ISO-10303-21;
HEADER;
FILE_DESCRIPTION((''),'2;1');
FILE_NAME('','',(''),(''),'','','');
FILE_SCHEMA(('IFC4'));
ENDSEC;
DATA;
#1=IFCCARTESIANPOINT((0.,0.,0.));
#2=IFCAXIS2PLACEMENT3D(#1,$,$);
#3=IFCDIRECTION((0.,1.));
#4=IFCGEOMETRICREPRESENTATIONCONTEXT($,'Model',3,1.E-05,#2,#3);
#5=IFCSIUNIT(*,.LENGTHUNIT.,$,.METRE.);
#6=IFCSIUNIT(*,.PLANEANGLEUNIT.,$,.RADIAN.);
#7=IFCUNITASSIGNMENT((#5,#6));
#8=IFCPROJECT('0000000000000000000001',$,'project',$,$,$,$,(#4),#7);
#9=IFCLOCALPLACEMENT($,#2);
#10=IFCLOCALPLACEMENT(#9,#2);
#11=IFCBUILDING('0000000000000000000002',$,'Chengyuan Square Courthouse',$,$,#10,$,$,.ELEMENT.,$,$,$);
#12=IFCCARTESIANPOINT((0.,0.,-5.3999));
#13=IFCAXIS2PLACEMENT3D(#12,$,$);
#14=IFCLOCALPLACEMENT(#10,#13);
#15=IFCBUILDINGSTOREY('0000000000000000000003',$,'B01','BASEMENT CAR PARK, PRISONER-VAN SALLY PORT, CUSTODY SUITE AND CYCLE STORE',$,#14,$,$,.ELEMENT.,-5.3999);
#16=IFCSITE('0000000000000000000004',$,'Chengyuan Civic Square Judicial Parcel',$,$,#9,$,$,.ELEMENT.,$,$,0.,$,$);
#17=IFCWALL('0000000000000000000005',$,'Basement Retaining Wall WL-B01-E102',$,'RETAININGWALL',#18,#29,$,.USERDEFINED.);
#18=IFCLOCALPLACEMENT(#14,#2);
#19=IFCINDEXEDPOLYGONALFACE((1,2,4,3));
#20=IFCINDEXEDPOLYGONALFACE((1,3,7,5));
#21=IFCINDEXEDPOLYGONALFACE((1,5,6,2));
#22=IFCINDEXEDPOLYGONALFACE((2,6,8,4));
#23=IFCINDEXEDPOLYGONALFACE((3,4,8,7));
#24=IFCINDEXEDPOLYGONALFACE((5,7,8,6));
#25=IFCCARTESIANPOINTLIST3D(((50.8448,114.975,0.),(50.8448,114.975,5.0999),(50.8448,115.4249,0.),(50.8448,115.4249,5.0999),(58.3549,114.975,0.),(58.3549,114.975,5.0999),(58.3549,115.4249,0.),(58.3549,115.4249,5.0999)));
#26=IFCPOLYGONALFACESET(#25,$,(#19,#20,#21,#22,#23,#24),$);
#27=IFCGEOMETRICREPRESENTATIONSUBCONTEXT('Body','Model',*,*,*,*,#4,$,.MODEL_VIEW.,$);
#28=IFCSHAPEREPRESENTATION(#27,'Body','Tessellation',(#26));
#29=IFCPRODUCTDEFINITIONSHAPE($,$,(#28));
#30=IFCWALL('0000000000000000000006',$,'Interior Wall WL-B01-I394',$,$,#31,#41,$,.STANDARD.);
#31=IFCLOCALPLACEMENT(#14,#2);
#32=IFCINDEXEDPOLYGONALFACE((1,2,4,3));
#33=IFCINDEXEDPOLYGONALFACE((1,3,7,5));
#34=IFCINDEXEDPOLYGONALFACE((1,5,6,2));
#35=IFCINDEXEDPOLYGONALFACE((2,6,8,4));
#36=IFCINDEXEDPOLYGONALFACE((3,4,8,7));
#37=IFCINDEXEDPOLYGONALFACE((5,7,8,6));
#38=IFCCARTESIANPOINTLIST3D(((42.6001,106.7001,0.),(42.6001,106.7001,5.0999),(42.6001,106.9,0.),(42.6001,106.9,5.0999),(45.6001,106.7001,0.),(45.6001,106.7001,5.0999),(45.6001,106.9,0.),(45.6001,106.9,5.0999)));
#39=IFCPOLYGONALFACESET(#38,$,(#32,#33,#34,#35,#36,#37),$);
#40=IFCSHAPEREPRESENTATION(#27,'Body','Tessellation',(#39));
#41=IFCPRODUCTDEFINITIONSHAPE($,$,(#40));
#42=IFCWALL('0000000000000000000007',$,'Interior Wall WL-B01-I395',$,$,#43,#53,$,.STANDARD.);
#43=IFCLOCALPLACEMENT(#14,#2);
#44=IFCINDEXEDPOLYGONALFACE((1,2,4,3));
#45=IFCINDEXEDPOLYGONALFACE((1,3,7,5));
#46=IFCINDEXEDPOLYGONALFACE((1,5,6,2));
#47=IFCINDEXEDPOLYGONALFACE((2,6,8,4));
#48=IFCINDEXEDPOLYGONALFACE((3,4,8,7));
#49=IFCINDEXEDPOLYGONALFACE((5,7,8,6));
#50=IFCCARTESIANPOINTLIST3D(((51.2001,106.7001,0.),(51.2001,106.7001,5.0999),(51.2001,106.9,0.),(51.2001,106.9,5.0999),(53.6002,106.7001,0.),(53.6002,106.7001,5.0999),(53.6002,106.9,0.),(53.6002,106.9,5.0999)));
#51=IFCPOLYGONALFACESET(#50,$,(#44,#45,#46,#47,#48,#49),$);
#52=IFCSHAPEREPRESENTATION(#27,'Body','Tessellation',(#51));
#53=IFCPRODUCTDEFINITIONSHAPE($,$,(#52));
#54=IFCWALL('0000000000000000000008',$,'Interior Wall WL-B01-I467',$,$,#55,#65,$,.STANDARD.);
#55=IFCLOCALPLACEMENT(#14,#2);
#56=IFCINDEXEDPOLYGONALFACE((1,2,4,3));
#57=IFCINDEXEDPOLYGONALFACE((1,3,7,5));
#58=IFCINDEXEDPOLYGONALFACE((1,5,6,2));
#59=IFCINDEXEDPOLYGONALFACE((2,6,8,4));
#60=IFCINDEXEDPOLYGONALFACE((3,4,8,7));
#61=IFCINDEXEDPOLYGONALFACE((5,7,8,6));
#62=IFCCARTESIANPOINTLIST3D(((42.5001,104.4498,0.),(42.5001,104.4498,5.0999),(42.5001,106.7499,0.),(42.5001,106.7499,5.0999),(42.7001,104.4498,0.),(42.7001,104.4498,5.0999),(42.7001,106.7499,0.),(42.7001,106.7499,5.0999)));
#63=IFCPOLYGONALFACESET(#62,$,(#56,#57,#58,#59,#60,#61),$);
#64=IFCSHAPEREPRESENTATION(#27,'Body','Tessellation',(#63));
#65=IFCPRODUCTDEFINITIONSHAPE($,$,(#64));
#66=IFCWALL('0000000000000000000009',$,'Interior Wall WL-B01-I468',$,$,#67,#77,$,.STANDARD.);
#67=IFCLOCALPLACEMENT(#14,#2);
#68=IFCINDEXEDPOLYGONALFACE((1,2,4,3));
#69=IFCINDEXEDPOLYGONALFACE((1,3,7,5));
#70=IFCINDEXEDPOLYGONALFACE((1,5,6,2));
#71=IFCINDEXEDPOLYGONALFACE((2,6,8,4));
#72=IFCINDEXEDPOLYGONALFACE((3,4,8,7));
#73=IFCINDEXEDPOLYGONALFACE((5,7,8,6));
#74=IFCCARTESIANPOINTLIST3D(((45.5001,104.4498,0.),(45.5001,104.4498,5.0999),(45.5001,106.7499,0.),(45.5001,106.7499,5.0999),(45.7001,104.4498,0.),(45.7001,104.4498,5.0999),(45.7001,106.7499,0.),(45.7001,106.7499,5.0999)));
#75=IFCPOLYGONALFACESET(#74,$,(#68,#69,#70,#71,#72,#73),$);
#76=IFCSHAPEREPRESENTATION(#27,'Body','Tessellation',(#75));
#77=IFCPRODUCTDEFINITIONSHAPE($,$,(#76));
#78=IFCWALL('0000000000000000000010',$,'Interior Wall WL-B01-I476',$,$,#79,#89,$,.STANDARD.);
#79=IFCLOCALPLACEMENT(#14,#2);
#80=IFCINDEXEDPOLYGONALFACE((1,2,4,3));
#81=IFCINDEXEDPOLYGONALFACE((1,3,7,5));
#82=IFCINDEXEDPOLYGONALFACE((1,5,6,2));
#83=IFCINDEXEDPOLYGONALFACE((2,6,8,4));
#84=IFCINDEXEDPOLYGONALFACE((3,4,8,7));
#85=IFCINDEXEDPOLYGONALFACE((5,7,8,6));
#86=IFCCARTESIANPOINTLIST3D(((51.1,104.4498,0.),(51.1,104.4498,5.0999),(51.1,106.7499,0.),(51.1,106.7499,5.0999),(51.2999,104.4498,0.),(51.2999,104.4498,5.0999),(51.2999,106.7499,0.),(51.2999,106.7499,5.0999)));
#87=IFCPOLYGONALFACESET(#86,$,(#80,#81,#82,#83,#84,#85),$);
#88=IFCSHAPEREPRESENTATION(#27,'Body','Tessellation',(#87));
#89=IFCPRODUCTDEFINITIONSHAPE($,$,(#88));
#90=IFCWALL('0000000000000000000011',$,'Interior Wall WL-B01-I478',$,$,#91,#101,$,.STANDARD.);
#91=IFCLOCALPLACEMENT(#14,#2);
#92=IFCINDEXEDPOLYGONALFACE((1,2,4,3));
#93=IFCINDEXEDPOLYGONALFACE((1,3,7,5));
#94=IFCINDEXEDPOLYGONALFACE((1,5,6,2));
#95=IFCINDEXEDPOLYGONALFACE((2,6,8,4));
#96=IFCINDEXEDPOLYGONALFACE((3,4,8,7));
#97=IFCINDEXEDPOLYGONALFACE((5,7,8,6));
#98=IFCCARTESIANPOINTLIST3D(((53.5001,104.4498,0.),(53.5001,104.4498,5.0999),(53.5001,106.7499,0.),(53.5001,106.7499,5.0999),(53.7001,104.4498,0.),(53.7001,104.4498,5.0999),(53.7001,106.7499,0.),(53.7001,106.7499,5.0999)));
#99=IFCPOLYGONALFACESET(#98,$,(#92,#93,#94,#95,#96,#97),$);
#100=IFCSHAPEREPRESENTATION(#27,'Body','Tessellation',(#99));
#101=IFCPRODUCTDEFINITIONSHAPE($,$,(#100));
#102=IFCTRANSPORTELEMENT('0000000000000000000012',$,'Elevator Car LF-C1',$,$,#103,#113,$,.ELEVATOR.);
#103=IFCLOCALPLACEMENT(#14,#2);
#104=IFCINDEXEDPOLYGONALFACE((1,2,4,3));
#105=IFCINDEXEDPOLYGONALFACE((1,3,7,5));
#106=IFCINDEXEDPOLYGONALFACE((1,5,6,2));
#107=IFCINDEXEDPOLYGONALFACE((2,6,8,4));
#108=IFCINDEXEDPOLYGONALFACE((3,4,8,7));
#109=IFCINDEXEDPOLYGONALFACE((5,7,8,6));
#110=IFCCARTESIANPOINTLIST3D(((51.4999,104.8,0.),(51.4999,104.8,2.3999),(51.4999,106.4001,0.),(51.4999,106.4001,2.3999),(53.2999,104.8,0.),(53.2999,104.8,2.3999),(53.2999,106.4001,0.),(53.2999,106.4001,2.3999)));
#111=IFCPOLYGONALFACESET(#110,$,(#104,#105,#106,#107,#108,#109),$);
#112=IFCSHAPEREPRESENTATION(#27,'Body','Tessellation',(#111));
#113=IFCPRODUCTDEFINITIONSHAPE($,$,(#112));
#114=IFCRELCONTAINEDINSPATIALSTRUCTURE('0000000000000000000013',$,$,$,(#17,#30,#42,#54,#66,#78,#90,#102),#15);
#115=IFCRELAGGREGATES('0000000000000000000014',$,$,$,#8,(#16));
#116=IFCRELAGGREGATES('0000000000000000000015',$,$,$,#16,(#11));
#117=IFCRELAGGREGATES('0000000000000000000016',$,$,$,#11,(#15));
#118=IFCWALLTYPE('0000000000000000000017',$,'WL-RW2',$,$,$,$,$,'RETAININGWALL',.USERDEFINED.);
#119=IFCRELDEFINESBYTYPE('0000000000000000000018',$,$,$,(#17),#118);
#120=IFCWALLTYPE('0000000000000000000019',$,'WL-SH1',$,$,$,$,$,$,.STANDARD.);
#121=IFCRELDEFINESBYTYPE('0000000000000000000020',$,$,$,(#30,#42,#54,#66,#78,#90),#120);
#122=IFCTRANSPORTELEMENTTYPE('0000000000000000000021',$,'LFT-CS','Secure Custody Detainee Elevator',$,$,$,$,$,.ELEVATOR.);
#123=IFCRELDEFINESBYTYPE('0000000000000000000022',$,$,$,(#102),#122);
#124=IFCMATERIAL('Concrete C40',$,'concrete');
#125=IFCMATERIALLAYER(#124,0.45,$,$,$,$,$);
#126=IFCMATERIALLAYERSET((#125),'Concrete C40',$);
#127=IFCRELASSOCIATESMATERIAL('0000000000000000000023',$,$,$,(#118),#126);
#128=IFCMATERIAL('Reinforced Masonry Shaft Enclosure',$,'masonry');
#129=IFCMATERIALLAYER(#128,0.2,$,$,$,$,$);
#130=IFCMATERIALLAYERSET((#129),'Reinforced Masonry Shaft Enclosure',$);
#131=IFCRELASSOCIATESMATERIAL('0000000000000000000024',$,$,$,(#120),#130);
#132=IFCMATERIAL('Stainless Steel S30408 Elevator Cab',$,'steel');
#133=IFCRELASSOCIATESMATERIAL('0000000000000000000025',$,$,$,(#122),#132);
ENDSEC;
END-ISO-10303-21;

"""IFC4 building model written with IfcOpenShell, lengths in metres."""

from ifc_helpers import new_model, si_unit, direction, frame, frame_2d, origin, origin_2d, place, context, subcontext, project, spatial, rectangle, extrude, material, layer, layer_set, type_object, element, save


model = new_model("IFC4")

# Units and contexts
model_context = context("Model", 3, precision=1e-05, world=origin(), true_north=direction((0.0, 1.0)))
body_context = subcontext(model_context, "Body", "Model", "MODEL_VIEW")
ifc_project = project(units=[si_unit("LENGTHUNIT", "METRE"), si_unit("PLANEANGLEUNIT", "RADIAN")], contexts=[model_context])

# Site, building, storey
site_placement = place(None, origin())
site = spatial("IfcSite", under=ifc_project, at=site_placement, Name="Chengyuan Civic Square Judicial Parcel", CompositionType="ELEMENT", RefElevation=0.0)
building_placement = place(site_placement, origin())
building = spatial("IfcBuilding", under=site, at=building_placement, Name="Chengyuan Square Courthouse", CompositionType="ELEMENT")
storey_placement = place(building_placement, frame((0.0, 0.0, -5.3999)))
storey = spatial("IfcBuildingStorey", under=building, at=storey_placement, Name="B01", Description="BASEMENT CAR PARK, PRISONER-VAN SALLY PORT, CUSTODY SUITE AND CYCLE STORE", CompositionType="ELEMENT", Elevation=-5.3999)

# Shared definitions
ifc_material_1 = material(Name="Concrete C40", Category="concrete")

# Walls
ifc_layer_1 = layer(ifc_material_1, 0.45)
ifc_layer_set_1 = layer_set([ifc_layer_1], Name="Concrete C40")
wall_type_1 = type_object("IfcWallType", Name="WL-RW2", ElementType="RETAININGWALL", PredefinedType="USERDEFINED", material=ifc_layer_set_1)
wall_1_placement = place(storey_placement, frame((50.845, 115.2, 0.0), z_axis=(0.0, 0.0, 1.0), x_axis=(1.0, 0.0, 0.0)))
element("IfcWall", 1, at=wall_1_placement, inside=storey, type_object=wall_type_1, Name="Basement Retaining Wall WL-B01-E102", ObjectType="RETAININGWALL", PredefinedType="USERDEFINED", context=body_context, shape_type="SweptSolid", body=[
    extrude(rectangle(XDim=7.51, YDim=0.45, at=frame_2d((3.7549, 0.0))), origin(), (0.0, 0.0, 1.0), 5.0999),
])
ifc_material_2 = material(Name="Reinforced Masonry Shaft Enclosure", Category="masonry")
ifc_layer_2 = layer(ifc_material_2, 0.2)
ifc_layer_set_2 = layer_set([ifc_layer_2], Name="Reinforced Masonry Shaft Enclosure")
wall_type_2 = type_object("IfcWallType", Name="WL-SH1", PredefinedType="STANDARD", material=ifc_layer_set_2)
wall_2_placement = place(storey_placement, frame((42.6001, 106.8, 0.0), z_axis=(0.0, 0.0, 1.0), x_axis=(1.0, 0.0, 0.0)))
element("IfcWall", 2, at=wall_2_placement, inside=storey, type_object=wall_type_2, Name="Interior Wall WL-B01-I394", PredefinedType="STANDARD", context=body_context, shape_type="SweptSolid", body=[
    extrude(rectangle(XDim=3.0, YDim=0.2, at=frame_2d((1.5, 0.0))), origin(), (0.0, 0.0, 1.0), 5.0999),
])
wall_3_placement = place(storey_placement, frame((51.2, 106.8, 0.0), z_axis=(0.0, 0.0, 1.0), x_axis=(1.0, 0.0, 0.0)))
element("IfcWall", 3, at=wall_3_placement, inside=storey, type_object=wall_type_2, Name="Interior Wall WL-B01-I395", PredefinedType="STANDARD", context=body_context, shape_type="SweptSolid", body=[
    extrude(rectangle(XDim=2.4001, YDim=0.2, at=frame_2d((1.2002, 0.0))), origin(), (0.0, 0.0, 1.0), 5.0999),
])
for number, where, z_axis, x_axis, name in (
    (4, (42.6001, 104.45, 0.0), (0.0, 0.0, 1.0), (0.0, 1.0, 0.0), "Interior Wall WL-B01-I467"),
    (5, (45.6001, 104.45, 0.0), (0.0, 0.0, 1.0), (0.0, 1.0, 0.0), "Interior Wall WL-B01-I468"),
    (6, (51.2, 104.45, 0.0), (0.0, 0.0, 1.0), (0.0, 1.0, 0.0), "Interior Wall WL-B01-I476"),
    (7, (53.6001, 104.45, 0.0), (0.0, 0.0, 1.0), (0.0, 1.0, 0.0), "Interior Wall WL-B01-I478"),
):
    element("IfcWall", number, at=place(storey_placement, frame(where, z_axis=z_axis, x_axis=x_axis)), inside=storey, type_object=wall_type_2, Name=name, PredefinedType="STANDARD", context=body_context, shape_type="SweptSolid", body=[
        extrude(rectangle(XDim=2.3, YDim=0.2, at=frame_2d((1.1499, 0.0))), origin(), (0.0, 0.0, 1.0), 5.0999),
    ])

# Transport element
ifc_material_3 = material(Name="Stainless Steel S30408 Elevator Cab", Category="steel")
transport_element_type = type_object("IfcTransportElementType", Name="LFT-CS", Description="Secure Custody Detainee Elevator", PredefinedType="ELEVATOR", material=ifc_material_3)
transport_element_placement = place(storey_placement, frame((52.3999, 105.6001, 0.0), z_axis=(0.0, 0.0, 1.0), x_axis=(1.0, 0.0, 0.0)))
element("IfcTransportElement", 8, at=transport_element_placement, inside=storey, type_object=transport_element_type, Name="Elevator Car LF-C1", PredefinedType="ELEVATOR", context=body_context, shape_type="SweptSolid", body=[
    extrude(rectangle(XDim=1.8, YDim=1.6001, at=origin_2d()), origin(), (0.0, 0.0, 1.0), 2.3999),
])

save(model, "model.ifc")
